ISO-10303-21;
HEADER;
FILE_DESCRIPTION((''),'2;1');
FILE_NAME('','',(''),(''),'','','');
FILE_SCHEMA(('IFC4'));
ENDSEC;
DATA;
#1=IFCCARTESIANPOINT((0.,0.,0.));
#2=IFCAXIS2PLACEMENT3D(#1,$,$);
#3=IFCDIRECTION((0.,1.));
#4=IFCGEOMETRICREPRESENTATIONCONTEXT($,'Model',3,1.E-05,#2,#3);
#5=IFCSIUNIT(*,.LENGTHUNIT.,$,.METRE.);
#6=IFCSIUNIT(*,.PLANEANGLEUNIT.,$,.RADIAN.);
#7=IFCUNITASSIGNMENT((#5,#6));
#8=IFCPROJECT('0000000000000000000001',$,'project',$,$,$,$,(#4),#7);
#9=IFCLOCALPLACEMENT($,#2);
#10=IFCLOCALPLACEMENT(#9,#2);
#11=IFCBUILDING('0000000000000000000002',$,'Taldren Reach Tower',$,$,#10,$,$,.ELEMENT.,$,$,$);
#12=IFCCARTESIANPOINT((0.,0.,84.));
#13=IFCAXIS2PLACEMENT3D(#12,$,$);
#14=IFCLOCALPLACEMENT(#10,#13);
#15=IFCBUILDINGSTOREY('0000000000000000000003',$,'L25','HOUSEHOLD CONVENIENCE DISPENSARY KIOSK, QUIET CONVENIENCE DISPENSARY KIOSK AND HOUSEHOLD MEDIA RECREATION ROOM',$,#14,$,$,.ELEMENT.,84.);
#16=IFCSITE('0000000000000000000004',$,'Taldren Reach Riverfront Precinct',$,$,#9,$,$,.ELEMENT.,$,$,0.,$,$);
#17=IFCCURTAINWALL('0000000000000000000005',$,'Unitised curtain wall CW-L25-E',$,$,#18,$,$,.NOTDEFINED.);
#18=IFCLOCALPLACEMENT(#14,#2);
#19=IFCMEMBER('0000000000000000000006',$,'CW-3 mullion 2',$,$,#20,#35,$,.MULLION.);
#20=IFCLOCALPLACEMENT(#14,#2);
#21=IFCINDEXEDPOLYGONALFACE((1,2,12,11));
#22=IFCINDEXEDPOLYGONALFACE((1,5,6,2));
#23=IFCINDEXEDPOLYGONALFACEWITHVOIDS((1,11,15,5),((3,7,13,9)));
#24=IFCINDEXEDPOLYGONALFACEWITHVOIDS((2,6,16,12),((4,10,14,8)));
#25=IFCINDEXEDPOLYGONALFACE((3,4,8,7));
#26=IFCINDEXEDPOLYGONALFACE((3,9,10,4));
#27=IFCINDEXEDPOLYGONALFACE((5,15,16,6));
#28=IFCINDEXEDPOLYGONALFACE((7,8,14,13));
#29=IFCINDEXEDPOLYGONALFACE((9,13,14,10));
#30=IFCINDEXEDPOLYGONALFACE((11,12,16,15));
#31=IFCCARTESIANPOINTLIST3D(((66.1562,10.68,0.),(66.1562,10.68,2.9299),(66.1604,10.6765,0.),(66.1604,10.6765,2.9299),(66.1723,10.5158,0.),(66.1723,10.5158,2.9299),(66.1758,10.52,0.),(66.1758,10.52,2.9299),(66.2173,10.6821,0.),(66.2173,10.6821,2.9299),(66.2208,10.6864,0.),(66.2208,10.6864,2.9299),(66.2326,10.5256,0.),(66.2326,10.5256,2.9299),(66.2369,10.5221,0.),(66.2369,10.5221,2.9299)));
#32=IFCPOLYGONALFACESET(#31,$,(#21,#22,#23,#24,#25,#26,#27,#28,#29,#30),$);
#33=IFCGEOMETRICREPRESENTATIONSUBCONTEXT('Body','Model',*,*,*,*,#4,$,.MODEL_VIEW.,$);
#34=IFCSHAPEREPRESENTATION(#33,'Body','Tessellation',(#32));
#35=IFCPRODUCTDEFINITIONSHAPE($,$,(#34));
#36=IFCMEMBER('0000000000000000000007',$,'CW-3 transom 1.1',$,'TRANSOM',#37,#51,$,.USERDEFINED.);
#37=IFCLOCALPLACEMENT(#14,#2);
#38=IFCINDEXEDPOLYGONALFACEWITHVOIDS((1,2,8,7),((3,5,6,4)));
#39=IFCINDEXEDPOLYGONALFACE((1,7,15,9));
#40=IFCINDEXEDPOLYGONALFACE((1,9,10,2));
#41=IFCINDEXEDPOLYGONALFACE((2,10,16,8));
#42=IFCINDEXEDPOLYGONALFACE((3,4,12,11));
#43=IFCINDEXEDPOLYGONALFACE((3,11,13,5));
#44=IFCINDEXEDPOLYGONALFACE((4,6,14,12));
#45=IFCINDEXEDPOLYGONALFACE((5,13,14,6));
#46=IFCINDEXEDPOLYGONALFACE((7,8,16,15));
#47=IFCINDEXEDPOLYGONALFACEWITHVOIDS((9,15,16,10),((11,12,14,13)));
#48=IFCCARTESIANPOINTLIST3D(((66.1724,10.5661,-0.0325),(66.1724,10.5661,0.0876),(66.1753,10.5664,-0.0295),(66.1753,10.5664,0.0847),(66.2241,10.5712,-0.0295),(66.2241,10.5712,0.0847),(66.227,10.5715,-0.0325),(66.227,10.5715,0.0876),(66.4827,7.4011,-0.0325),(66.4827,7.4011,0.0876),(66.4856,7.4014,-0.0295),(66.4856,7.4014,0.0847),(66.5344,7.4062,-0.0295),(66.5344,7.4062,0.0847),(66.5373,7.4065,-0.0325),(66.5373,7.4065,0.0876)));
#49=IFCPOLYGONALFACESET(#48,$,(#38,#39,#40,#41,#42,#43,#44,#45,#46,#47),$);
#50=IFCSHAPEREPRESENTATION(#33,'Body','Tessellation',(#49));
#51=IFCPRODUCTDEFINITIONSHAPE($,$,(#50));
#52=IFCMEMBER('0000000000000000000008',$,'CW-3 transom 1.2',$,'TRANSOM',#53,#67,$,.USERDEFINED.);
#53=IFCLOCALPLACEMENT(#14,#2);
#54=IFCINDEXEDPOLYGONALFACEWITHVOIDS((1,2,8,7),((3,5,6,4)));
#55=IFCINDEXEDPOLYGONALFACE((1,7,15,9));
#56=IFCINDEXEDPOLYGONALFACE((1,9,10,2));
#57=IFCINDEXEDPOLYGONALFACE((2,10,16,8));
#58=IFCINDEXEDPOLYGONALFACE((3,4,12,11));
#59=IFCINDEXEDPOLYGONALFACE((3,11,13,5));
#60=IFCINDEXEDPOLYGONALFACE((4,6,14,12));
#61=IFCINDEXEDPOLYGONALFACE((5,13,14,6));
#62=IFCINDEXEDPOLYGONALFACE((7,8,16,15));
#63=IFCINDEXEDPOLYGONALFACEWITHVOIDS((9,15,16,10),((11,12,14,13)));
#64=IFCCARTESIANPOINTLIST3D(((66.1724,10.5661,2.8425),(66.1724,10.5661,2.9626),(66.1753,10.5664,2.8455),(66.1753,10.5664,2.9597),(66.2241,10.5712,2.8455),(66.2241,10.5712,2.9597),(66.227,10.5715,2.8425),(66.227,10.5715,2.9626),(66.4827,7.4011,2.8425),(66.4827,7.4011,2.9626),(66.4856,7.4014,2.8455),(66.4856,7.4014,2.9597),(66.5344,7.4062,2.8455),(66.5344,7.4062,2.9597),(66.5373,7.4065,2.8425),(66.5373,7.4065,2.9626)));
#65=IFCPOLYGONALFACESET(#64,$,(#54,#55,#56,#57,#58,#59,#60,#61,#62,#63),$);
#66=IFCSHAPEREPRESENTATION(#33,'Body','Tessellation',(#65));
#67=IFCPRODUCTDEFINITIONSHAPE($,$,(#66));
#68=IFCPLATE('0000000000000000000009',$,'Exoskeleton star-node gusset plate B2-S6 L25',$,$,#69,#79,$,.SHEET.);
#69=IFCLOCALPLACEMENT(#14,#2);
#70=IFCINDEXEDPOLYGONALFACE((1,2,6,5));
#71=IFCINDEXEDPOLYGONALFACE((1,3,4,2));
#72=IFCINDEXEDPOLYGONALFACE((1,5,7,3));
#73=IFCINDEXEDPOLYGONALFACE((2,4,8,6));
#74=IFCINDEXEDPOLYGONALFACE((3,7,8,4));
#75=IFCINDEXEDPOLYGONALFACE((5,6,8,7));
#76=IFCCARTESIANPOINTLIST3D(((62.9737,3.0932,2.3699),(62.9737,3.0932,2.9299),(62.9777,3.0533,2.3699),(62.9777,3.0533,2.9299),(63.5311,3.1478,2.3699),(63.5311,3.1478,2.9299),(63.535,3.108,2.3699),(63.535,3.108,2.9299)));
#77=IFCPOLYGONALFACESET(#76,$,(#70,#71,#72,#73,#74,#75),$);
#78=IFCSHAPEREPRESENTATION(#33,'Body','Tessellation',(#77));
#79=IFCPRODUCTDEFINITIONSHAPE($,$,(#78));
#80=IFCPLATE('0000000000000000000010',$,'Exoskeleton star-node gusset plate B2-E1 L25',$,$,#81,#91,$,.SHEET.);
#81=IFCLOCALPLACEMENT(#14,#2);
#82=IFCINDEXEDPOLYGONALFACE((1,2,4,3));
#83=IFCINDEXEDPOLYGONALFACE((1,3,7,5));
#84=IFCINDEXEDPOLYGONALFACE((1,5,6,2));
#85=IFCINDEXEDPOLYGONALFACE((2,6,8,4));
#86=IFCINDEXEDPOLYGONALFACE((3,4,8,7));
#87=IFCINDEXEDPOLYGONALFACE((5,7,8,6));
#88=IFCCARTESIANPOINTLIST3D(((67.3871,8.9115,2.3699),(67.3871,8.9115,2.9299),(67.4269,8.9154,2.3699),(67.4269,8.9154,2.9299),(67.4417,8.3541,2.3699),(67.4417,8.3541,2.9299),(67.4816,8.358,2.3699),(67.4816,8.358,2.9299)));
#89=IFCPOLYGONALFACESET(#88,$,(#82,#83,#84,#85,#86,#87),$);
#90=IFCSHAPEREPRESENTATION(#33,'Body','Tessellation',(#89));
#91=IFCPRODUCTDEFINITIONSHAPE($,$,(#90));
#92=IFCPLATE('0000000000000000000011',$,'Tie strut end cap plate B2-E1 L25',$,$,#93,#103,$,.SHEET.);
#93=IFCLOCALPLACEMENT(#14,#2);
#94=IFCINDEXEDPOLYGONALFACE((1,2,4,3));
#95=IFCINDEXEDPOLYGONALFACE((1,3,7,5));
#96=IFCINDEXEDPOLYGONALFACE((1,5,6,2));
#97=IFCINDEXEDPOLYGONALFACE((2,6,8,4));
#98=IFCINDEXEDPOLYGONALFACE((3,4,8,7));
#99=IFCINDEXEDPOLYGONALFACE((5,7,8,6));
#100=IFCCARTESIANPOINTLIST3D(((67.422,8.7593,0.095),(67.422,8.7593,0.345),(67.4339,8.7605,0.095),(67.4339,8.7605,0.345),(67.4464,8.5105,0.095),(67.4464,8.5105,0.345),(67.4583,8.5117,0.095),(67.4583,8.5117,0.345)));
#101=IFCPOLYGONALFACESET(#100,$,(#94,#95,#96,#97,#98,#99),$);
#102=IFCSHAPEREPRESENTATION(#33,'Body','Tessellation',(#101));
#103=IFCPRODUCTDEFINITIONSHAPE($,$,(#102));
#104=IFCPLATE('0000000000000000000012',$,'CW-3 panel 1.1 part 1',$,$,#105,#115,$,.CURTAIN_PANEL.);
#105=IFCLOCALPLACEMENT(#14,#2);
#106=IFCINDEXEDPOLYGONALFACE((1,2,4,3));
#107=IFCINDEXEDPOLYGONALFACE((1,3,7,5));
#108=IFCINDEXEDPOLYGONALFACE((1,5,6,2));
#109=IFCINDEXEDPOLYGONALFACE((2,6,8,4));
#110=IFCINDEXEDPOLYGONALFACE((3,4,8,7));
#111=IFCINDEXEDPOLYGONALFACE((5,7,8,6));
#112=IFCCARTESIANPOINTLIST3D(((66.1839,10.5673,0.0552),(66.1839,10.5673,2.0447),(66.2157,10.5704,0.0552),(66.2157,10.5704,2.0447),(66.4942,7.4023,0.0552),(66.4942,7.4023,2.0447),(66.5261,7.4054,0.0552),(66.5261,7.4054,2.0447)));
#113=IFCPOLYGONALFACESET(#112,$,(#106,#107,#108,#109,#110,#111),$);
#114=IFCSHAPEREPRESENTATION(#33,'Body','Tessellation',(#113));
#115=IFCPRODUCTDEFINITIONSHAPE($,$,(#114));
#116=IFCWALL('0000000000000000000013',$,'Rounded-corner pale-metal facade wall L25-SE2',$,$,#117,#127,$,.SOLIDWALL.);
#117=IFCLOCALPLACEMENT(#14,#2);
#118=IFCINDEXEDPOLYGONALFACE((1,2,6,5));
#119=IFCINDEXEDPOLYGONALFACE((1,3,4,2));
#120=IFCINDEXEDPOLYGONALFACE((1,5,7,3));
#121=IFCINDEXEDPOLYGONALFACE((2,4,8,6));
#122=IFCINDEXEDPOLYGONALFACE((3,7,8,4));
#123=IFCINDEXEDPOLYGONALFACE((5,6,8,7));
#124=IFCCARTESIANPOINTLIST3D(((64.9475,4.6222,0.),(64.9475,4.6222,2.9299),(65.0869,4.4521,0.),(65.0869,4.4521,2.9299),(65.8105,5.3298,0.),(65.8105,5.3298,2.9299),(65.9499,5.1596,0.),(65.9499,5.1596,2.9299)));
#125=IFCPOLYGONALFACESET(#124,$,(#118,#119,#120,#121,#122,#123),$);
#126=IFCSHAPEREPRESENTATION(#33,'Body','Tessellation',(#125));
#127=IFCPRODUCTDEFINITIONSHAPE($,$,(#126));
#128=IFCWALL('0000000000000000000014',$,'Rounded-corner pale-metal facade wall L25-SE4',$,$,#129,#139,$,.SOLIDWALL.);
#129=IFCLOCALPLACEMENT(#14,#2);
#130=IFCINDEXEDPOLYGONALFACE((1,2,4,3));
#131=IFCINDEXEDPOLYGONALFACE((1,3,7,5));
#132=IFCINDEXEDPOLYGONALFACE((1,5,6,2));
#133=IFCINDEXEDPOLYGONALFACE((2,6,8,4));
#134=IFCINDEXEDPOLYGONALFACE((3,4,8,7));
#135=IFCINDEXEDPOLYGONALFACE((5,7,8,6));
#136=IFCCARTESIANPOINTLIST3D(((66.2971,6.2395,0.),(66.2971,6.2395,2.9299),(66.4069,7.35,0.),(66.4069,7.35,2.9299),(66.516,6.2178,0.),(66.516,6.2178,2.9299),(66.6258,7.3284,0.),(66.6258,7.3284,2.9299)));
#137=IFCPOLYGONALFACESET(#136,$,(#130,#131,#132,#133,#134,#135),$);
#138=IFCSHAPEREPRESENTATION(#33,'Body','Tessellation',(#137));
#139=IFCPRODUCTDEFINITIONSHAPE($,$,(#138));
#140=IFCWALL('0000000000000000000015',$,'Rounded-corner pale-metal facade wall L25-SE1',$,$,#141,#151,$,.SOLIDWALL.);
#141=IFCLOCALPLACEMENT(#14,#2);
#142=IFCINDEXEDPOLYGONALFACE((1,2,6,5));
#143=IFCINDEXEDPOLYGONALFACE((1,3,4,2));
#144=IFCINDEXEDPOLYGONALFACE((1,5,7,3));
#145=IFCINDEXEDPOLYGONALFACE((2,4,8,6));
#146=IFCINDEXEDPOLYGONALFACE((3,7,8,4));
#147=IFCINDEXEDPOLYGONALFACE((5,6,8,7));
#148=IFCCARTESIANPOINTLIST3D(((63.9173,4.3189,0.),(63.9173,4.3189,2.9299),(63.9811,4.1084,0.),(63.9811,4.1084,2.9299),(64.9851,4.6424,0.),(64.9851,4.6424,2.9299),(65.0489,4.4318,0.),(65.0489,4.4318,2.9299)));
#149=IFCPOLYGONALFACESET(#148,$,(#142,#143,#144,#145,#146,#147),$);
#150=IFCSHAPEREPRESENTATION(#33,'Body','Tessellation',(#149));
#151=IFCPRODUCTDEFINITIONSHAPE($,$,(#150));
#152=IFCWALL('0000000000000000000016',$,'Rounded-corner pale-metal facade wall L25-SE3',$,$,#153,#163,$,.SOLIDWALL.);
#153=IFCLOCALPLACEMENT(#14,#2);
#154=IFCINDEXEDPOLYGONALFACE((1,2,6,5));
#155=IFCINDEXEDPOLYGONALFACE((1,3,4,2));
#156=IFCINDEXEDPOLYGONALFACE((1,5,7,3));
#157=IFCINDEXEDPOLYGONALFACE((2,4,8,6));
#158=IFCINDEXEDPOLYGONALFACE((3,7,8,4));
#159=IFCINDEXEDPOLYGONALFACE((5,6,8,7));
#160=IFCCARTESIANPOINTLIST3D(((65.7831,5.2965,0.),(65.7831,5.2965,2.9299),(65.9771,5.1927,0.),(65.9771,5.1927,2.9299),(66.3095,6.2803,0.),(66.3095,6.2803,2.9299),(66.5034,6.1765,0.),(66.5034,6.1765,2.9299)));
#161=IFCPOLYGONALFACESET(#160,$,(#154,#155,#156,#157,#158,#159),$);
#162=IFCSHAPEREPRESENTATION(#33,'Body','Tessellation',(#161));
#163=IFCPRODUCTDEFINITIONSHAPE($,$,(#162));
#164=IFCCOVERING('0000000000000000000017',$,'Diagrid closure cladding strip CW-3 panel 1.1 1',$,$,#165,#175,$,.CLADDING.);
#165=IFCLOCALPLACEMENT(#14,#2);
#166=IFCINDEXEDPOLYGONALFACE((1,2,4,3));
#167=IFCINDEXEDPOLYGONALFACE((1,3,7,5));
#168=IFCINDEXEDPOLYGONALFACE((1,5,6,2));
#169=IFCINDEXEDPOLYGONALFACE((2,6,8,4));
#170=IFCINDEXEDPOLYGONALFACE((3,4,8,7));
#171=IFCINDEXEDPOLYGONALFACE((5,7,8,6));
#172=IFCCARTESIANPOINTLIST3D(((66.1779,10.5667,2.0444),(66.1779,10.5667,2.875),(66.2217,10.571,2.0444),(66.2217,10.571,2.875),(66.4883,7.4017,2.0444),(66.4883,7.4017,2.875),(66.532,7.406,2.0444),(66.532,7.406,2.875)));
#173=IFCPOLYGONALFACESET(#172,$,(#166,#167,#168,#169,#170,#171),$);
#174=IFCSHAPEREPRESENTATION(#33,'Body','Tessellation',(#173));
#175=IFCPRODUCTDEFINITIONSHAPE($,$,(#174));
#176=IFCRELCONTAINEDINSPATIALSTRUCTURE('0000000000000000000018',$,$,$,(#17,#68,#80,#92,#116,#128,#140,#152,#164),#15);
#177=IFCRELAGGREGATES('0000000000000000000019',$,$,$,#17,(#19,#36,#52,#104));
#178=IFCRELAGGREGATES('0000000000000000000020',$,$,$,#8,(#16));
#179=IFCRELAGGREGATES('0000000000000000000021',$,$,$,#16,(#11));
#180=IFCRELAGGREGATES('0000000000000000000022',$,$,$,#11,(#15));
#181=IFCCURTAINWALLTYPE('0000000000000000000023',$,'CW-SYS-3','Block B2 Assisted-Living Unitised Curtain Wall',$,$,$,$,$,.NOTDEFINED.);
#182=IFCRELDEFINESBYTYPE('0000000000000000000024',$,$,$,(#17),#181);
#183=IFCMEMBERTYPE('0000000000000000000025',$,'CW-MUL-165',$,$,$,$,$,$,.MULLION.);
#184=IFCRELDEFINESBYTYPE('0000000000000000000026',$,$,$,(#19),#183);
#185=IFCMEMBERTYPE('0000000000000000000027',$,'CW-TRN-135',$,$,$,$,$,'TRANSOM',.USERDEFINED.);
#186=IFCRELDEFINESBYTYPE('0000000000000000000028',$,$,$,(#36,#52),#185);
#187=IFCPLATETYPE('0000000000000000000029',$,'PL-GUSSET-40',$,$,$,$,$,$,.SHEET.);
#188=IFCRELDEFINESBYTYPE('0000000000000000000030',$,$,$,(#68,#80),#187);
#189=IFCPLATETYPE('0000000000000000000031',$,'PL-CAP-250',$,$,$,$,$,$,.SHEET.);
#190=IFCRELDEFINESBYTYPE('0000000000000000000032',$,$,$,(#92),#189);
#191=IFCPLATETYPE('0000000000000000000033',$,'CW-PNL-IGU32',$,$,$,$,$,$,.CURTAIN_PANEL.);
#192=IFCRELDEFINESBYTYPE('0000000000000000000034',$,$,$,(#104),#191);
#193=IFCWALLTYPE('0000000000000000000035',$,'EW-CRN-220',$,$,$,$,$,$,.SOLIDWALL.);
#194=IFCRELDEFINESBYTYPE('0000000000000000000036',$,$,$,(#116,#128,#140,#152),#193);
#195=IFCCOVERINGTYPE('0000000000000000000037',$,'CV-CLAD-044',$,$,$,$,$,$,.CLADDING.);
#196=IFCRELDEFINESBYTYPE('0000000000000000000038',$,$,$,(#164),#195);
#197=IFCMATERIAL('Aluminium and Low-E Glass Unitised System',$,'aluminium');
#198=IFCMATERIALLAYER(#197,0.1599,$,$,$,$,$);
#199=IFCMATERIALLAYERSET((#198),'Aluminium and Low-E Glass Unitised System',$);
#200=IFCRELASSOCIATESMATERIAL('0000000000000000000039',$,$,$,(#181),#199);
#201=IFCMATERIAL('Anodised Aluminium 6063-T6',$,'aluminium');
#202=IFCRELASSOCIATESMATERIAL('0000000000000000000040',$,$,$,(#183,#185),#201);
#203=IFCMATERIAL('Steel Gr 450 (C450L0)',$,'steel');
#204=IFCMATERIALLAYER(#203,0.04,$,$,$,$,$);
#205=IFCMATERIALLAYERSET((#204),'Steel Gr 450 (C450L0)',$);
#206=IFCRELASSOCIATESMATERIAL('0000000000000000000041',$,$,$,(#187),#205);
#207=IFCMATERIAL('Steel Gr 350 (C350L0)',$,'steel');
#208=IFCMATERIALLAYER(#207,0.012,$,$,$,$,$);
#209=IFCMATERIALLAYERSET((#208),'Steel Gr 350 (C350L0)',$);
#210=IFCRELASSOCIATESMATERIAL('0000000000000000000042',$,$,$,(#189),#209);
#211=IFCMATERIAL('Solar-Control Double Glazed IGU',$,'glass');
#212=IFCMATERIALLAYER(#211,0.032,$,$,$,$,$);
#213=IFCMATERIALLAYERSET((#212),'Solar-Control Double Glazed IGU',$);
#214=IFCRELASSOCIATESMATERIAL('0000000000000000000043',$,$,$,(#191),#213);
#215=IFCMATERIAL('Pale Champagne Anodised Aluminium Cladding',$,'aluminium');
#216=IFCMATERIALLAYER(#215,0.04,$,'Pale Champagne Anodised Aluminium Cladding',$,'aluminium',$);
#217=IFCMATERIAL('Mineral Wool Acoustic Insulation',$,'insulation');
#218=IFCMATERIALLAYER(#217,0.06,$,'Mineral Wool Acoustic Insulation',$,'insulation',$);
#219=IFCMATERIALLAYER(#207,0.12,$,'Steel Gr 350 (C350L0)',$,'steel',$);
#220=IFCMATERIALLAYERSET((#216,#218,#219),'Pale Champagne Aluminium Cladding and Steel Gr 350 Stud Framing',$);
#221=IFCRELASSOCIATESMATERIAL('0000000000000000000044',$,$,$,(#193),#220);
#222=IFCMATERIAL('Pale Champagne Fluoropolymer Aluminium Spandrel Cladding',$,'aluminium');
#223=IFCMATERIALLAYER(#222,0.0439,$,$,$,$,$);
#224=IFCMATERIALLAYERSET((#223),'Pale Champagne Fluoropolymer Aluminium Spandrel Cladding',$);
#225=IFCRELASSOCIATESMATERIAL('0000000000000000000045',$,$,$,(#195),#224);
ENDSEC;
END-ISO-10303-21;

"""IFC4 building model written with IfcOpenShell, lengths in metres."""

from ifc_helpers import new_model, si_unit, direction, frame, frame_2d, origin, origin_2d, place, context, subcontext, project, spatial, rectangle, hollow_rectangle, extrude, source, transform, mapped, material, layer, layer_set, material_profile, profile_set, type_object, element, aggregate, save


model = new_model("IFC4")

# Units and contexts
model_context = context("Model", 3, precision=1e-05, world=origin(), true_north=direction((0.0, 1.0)))
body_context = subcontext(model_context, "Body", "Model", "MODEL_VIEW")
ifc_project = project(units=[si_unit("LENGTHUNIT", "METRE"), si_unit("PLANEANGLEUNIT", "RADIAN")], contexts=[model_context])

# Site, building, storey
site_placement = place(None, origin())
site = spatial("IfcSite", under=ifc_project, at=site_placement, Name="Taldren Reach Riverfront Precinct", CompositionType="ELEMENT", RefElevation=0.0)
building_placement = place(site_placement, origin())
building = spatial("IfcBuilding", under=site, at=building_placement, Name="Taldren Reach Tower", CompositionType="ELEMENT")
storey_placement = place(building_placement, frame((0.0, 0.0, 84.0)))
storey = spatial("IfcBuildingStorey", under=building, at=storey_placement, Name="L25", Description="HOUSEHOLD CONVENIENCE DISPENSARY KIOSK, QUIET CONVENIENCE DISPENSARY KIOSK AND HOUSEHOLD MEDIA RECREATION ROOM", CompositionType="ELEMENT", Elevation=84.0)

# Shared definitions
ifc_material_1 = material(Name="Steel Gr 450 (C450L0)", Category="steel")
ifc_material_2 = material(Name="Steel Gr 350 (C350L0)", Category="steel")

# Shared definitions
ifc_material_3 = material(Name="Aluminium and Low-E Glass Unitised System", Category="aluminium")
ifc_layer_1 = layer(ifc_material_3, 0.1599)
ifc_layer_set_1 = layer_set([ifc_layer_1], Name="Aluminium and Low-E Glass Unitised System")
curtain_wall_type = type_object("IfcCurtainWallType", Name="CW-SYS-3", Description="Block B2 Assisted-Living Unitised Curtain Wall", PredefinedType="NOTDEFINED", material=ifc_layer_set_1)
ifc_material_4 = material(Name="Anodised Aluminium 6063-T6", Category="aluminium")
ifc_material_profile_1 = material_profile(ifc_material_4, hollow_rectangle(XDim=0.0649, YDim=0.165, WallThickness=0.0039, at=origin_2d()), Name="ALU-165x65x4RHS")
ifc_profile_set_1 = profile_set([ifc_material_profile_1], Name="Anodised Aluminium 6063-T6")
member_type_1 = type_object("IfcMemberType", Name="CW-MUL-165", PredefinedType="MULLION", material=ifc_profile_set_1)
shared_shape_1 = source(origin(), body_context, "Body", "SweptSolid", [
    extrude(hollow_rectangle(XDim=0.0649, YDim=0.165, WallThickness=0.0039, at=origin_2d()), origin(), (0.0, 0.0, 1.0), 2.9299),
])

# Curtain wall, members
curtain_wall_1_placement = place(storey_placement, origin())
curtain_wall_1 = element("IfcCurtainWall", 1, at=curtain_wall_1_placement, inside=storey, type_object=curtain_wall_type, Name="Unitised curtain wall CW-L25-E", PredefinedType="NOTDEFINED")
member_1_placement = place(storey_placement, frame((66.1965, 10.6011, 0.0), z_axis=(0.0, 0.0, 1.0), x_axis=(-0.995227, -0.097583, 0.0)))
member_1 = element("IfcMember", 2, at=member_1_placement, type_object=member_type_1, Name="CW-3 mullion 2", PredefinedType="MULLION", context=body_context, shape_type="MappedRepresentation", body=[
    mapped(shared_shape_1, transform((0.0, 0.0, 0.0), scale=1.0)),
])
ifc_material_profile_2 = material_profile(ifc_material_4, hollow_rectangle(XDim=0.0549, YDim=0.1201, WallThickness=0.0029, at=origin_2d()), Name="ALU-120x55x3RHS")
ifc_profile_set_2 = profile_set([ifc_material_profile_2], Name="Anodised Aluminium 6063-T6")
member_type_2 = type_object("IfcMemberType", Name="CW-TRN-135", ElementType="TRANSOM", PredefinedType="USERDEFINED", material=ifc_profile_set_2)
shared_shape_2 = source(origin(), body_context, "Body", "SweptSolid", [
    extrude(hollow_rectangle(XDim=0.0549, YDim=0.1201, WallThickness=0.0029, at=origin_2d()), origin(), (0.0, 0.0, 1.0), 3.1802),
])
member_2_placement = place(storey_placement, frame((66.51, 7.4038, 0.0276), z_axis=(-0.097573, 0.995228, 0.0), x_axis=(-0.995228, -0.097573, 0.0)))
member_2 = element("IfcMember", 3, at=member_2_placement, type_object=member_type_2, Name="CW-3 transom 1.1", ObjectType="TRANSOM", PredefinedType="USERDEFINED", context=body_context, shape_type="MappedRepresentation", body=[
    mapped(shared_shape_2, transform((0.0, 0.0, 0.0), scale=1.0)),
])
member_3_placement = place(storey_placement, frame((66.51, 7.4038, 2.9026), z_axis=(-0.097573, 0.995228, 0.0), x_axis=(-0.995228, -0.097573, 0.0)))
member_3 = element("IfcMember", 4, at=member_3_placement, type_object=member_type_2, Name="CW-3 transom 1.2", ObjectType="TRANSOM", PredefinedType="USERDEFINED", context=body_context, shape_type="MappedRepresentation", body=[
    mapped(shared_shape_2, transform((0.0, 0.0, 0.0), scale=1.0)),
])

# Plates
ifc_layer_2 = layer(ifc_material_1, 0.04)
ifc_layer_set_2 = layer_set([ifc_layer_2], Name="Steel Gr 450 (C450L0)")
plate_type_1 = type_object("IfcPlateType", Name="PL-GUSSET-40", PredefinedType="SHEET", material=ifc_layer_set_2)
shared_shape_3 = source(origin(), body_context, "Body", "SweptSolid", [
    extrude(rectangle(XDim=0.5601, YDim=0.04, at=origin_2d()), origin(), (0.0, 0.0, 1.0), 0.5601),
])
for number, where, z_axis, x_axis, name in (
    (5, (63.2544, 3.1006, 2.3699), (0.0, 0.0, 1.0), (0.995227, 0.097583, 0.0), "Exoskeleton star-node gusset plate B2-S6 L25"),
    (6, (67.4343, 8.6348, 2.3699), (0.0, 0.0, 1.0), (-0.097583, 0.995227, 0.0), "Exoskeleton star-node gusset plate B2-E1 L25"),
):
    element("IfcPlate", number, at=place(storey_placement, frame(where, z_axis=z_axis, x_axis=x_axis)), inside=storey, type_object=plate_type_1, Name=name, PredefinedType="SHEET", context=body_context, shape_type="MappedRepresentation", body=[
        mapped(shared_shape_3, transform((0.0, 0.0, 0.0), scale=1.0)),
    ])
ifc_layer_3 = layer(ifc_material_2, 0.012)
ifc_layer_set_3 = layer_set([ifc_layer_3], Name="Steel Gr 350 (C350L0)")
plate_type_2 = type_object("IfcPlateType", Name="PL-CAP-250", PredefinedType="SHEET", material=ifc_layer_set_3)
shared_shape_4 = source(origin(), body_context, "Body", "SweptSolid", [
    extrude(rectangle(XDim=0.012, YDim=0.25, at=origin_2d()), origin(), (0.0, 0.0, 1.0), 0.25),
])
plate_1_placement = place(storey_placement, frame((67.4402, 8.6355, 0.095), z_axis=(0.0, 0.0, 1.0), x_axis=(0.995227, 0.097583, 0.0)))
element("IfcPlate", 7, at=plate_1_placement, inside=storey, type_object=plate_type_2, Name="Tie strut end cap plate B2-E1 L25", PredefinedType="SHEET", context=body_context, shape_type="MappedRepresentation", body=[
    mapped(shared_shape_4, transform((0.0, 0.0, 0.0), scale=1.0)),
])

# Plate
ifc_material_5 = material(Name="Solar-Control Double Glazed IGU", Category="glass")
ifc_layer_4 = layer(ifc_material_5, 0.032)
ifc_layer_set_4 = layer_set([ifc_layer_4], Name="Solar-Control Double Glazed IGU")
plate_type_3 = type_object("IfcPlateType", Name="CW-PNL-IGU32", PredefinedType="CURTAIN_PANEL", material=ifc_layer_set_4)
shared_shape_5 = source(origin(), body_context, "Body", "SweptSolid", [
    extrude(rectangle(XDim=3.1802, YDim=0.032, at=origin_2d()), origin(), (0.0, 0.0, 1.0), 1.9895),
])
plate_2_placement = place(storey_placement, frame((66.355, 8.9863, 0.0552), z_axis=(0.0, 0.0, 1.0), x_axis=(-0.097583, 0.995227, 0.0)))
plate_2 = element("IfcPlate", 8, at=plate_2_placement, type_object=plate_type_3, Name="CW-3 panel 1.1 part 1", PredefinedType="CURTAIN_PANEL", context=body_context, shape_type="MappedRepresentation", body=[
    mapped(shared_shape_5, transform((0.0, 0.0, 0.0), scale=1.0)),
])
aggregate(curtain_wall_1, [member_1, member_2, member_3, plate_2])

# Walls
ifc_material_6 = material(Name="Pale Champagne Anodised Aluminium Cladding", Category="aluminium")
ifc_layer_5 = layer(ifc_material_6, 0.04, Name="Pale Champagne Anodised Aluminium Cladding", Category="aluminium")
ifc_material_7 = material(Name="Mineral Wool Acoustic Insulation", Category="insulation")
ifc_layer_6 = layer(ifc_material_7, 0.06, Name="Mineral Wool Acoustic Insulation", Category="insulation")
ifc_layer_7 = layer(ifc_material_2, 0.12, Name="Steel Gr 350 (C350L0)", Category="steel")
ifc_layer_set_5 = layer_set([ifc_layer_5, ifc_layer_6, ifc_layer_7], Name="Pale Champagne Aluminium Cladding and Steel Gr 350 Stud Framing")
wall_type = type_object("IfcWallType", Name="EW-CRN-220", PredefinedType="SOLIDWALL", material=ifc_layer_set_5)
shared_shape_6 = source(origin(), body_context, "Body", "SweptSolid", [
    extrude(rectangle(XDim=1.116, YDim=0.22, at=frame_2d((0.5581, 0.0))), origin(), (0.0, 0.0, 1.0), 2.9299),
])
for number, where, z_axis, x_axis, name in (
    (9, (65.0171, 4.5371, 0.0), (0.0, 0.0, 1.0), (0.773343, 0.633988, 0.0), "Rounded-corner pale-metal facade wall L25-SE2"),
    (10, (66.4065, 6.2285, 0.0), (0.0, 0.0, 1.0), (0.098442, 0.995143, 0.0), "Rounded-corner pale-metal facade wall L25-SE4"),
):
    element("IfcWall", number, at=place(storey_placement, frame(where, z_axis=z_axis, x_axis=x_axis)), inside=storey, type_object=wall_type, Name=name, PredefinedType="SOLIDWALL", context=body_context, shape_type="MappedRepresentation", body=[
        mapped(shared_shape_6, transform((0.0, 0.0, 0.0), scale=1.0)),
    ])
shared_shape_7 = source(origin(), body_context, "Body", "SweptSolid", [
    extrude(rectangle(XDim=1.1157, YDim=0.22, at=frame_2d((0.5579, 0.0))), origin(), (0.0, 0.0, 1.0), 2.9299),
])
for number, where, z_axis, x_axis, name in (
    (11, (63.9492, 4.2136, 0.0), (0.0, 0.0, 1.0), (0.957052, 0.289916, 0.0), "Rounded-corner pale-metal facade wall L25-SE1"),
    (12, (65.8801, 5.2446, 0.0), (0.0, 0.0, 1.0), (0.471723, 0.881747, 0.0), "Rounded-corner pale-metal facade wall L25-SE3"),
):
    element("IfcWall", number, at=place(storey_placement, frame(where, z_axis=z_axis, x_axis=x_axis)), inside=storey, type_object=wall_type, Name=name, PredefinedType="SOLIDWALL", context=body_context, shape_type="MappedRepresentation", body=[
        mapped(shared_shape_7, transform((0.0, 0.0, 0.0), scale=1.0)),
    ])

# Covering
ifc_material_8 = material(Name="Pale Champagne Fluoropolymer Aluminium Spandrel Cladding", Category="aluminium")
ifc_layer_8 = layer(ifc_material_8, 0.0439)
ifc_layer_set_6 = layer_set([ifc_layer_8], Name="Pale Champagne Fluoropolymer Aluminium Spandrel Cladding")
covering_type = type_object("IfcCoveringType", Name="CV-CLAD-044", PredefinedType="CLADDING", material=ifc_layer_set_6)
shared_shape_8 = source(origin(), body_context, "Body", "SweptSolid", [
    extrude(rectangle(XDim=3.1802, YDim=0.0439, at=origin_2d()), origin(), (0.0, 0.0, 1.0), 0.8306),
])
covering_placement = place(storey_placement, frame((66.355, 8.9863, 2.0444), z_axis=(0.0, 0.0, 1.0), x_axis=(-0.097583, 0.995227, 0.0)))
element("IfcCovering", 13, at=covering_placement, inside=storey, type_object=covering_type, Name="Diagrid closure cladding strip CW-3 panel 1.1 1", PredefinedType="CLADDING", context=body_context, shape_type="MappedRepresentation", body=[
    mapped(shared_shape_8, transform((0.0, 0.0, 0.0), scale=1.0)),
])

save(model, "model.ifc")
